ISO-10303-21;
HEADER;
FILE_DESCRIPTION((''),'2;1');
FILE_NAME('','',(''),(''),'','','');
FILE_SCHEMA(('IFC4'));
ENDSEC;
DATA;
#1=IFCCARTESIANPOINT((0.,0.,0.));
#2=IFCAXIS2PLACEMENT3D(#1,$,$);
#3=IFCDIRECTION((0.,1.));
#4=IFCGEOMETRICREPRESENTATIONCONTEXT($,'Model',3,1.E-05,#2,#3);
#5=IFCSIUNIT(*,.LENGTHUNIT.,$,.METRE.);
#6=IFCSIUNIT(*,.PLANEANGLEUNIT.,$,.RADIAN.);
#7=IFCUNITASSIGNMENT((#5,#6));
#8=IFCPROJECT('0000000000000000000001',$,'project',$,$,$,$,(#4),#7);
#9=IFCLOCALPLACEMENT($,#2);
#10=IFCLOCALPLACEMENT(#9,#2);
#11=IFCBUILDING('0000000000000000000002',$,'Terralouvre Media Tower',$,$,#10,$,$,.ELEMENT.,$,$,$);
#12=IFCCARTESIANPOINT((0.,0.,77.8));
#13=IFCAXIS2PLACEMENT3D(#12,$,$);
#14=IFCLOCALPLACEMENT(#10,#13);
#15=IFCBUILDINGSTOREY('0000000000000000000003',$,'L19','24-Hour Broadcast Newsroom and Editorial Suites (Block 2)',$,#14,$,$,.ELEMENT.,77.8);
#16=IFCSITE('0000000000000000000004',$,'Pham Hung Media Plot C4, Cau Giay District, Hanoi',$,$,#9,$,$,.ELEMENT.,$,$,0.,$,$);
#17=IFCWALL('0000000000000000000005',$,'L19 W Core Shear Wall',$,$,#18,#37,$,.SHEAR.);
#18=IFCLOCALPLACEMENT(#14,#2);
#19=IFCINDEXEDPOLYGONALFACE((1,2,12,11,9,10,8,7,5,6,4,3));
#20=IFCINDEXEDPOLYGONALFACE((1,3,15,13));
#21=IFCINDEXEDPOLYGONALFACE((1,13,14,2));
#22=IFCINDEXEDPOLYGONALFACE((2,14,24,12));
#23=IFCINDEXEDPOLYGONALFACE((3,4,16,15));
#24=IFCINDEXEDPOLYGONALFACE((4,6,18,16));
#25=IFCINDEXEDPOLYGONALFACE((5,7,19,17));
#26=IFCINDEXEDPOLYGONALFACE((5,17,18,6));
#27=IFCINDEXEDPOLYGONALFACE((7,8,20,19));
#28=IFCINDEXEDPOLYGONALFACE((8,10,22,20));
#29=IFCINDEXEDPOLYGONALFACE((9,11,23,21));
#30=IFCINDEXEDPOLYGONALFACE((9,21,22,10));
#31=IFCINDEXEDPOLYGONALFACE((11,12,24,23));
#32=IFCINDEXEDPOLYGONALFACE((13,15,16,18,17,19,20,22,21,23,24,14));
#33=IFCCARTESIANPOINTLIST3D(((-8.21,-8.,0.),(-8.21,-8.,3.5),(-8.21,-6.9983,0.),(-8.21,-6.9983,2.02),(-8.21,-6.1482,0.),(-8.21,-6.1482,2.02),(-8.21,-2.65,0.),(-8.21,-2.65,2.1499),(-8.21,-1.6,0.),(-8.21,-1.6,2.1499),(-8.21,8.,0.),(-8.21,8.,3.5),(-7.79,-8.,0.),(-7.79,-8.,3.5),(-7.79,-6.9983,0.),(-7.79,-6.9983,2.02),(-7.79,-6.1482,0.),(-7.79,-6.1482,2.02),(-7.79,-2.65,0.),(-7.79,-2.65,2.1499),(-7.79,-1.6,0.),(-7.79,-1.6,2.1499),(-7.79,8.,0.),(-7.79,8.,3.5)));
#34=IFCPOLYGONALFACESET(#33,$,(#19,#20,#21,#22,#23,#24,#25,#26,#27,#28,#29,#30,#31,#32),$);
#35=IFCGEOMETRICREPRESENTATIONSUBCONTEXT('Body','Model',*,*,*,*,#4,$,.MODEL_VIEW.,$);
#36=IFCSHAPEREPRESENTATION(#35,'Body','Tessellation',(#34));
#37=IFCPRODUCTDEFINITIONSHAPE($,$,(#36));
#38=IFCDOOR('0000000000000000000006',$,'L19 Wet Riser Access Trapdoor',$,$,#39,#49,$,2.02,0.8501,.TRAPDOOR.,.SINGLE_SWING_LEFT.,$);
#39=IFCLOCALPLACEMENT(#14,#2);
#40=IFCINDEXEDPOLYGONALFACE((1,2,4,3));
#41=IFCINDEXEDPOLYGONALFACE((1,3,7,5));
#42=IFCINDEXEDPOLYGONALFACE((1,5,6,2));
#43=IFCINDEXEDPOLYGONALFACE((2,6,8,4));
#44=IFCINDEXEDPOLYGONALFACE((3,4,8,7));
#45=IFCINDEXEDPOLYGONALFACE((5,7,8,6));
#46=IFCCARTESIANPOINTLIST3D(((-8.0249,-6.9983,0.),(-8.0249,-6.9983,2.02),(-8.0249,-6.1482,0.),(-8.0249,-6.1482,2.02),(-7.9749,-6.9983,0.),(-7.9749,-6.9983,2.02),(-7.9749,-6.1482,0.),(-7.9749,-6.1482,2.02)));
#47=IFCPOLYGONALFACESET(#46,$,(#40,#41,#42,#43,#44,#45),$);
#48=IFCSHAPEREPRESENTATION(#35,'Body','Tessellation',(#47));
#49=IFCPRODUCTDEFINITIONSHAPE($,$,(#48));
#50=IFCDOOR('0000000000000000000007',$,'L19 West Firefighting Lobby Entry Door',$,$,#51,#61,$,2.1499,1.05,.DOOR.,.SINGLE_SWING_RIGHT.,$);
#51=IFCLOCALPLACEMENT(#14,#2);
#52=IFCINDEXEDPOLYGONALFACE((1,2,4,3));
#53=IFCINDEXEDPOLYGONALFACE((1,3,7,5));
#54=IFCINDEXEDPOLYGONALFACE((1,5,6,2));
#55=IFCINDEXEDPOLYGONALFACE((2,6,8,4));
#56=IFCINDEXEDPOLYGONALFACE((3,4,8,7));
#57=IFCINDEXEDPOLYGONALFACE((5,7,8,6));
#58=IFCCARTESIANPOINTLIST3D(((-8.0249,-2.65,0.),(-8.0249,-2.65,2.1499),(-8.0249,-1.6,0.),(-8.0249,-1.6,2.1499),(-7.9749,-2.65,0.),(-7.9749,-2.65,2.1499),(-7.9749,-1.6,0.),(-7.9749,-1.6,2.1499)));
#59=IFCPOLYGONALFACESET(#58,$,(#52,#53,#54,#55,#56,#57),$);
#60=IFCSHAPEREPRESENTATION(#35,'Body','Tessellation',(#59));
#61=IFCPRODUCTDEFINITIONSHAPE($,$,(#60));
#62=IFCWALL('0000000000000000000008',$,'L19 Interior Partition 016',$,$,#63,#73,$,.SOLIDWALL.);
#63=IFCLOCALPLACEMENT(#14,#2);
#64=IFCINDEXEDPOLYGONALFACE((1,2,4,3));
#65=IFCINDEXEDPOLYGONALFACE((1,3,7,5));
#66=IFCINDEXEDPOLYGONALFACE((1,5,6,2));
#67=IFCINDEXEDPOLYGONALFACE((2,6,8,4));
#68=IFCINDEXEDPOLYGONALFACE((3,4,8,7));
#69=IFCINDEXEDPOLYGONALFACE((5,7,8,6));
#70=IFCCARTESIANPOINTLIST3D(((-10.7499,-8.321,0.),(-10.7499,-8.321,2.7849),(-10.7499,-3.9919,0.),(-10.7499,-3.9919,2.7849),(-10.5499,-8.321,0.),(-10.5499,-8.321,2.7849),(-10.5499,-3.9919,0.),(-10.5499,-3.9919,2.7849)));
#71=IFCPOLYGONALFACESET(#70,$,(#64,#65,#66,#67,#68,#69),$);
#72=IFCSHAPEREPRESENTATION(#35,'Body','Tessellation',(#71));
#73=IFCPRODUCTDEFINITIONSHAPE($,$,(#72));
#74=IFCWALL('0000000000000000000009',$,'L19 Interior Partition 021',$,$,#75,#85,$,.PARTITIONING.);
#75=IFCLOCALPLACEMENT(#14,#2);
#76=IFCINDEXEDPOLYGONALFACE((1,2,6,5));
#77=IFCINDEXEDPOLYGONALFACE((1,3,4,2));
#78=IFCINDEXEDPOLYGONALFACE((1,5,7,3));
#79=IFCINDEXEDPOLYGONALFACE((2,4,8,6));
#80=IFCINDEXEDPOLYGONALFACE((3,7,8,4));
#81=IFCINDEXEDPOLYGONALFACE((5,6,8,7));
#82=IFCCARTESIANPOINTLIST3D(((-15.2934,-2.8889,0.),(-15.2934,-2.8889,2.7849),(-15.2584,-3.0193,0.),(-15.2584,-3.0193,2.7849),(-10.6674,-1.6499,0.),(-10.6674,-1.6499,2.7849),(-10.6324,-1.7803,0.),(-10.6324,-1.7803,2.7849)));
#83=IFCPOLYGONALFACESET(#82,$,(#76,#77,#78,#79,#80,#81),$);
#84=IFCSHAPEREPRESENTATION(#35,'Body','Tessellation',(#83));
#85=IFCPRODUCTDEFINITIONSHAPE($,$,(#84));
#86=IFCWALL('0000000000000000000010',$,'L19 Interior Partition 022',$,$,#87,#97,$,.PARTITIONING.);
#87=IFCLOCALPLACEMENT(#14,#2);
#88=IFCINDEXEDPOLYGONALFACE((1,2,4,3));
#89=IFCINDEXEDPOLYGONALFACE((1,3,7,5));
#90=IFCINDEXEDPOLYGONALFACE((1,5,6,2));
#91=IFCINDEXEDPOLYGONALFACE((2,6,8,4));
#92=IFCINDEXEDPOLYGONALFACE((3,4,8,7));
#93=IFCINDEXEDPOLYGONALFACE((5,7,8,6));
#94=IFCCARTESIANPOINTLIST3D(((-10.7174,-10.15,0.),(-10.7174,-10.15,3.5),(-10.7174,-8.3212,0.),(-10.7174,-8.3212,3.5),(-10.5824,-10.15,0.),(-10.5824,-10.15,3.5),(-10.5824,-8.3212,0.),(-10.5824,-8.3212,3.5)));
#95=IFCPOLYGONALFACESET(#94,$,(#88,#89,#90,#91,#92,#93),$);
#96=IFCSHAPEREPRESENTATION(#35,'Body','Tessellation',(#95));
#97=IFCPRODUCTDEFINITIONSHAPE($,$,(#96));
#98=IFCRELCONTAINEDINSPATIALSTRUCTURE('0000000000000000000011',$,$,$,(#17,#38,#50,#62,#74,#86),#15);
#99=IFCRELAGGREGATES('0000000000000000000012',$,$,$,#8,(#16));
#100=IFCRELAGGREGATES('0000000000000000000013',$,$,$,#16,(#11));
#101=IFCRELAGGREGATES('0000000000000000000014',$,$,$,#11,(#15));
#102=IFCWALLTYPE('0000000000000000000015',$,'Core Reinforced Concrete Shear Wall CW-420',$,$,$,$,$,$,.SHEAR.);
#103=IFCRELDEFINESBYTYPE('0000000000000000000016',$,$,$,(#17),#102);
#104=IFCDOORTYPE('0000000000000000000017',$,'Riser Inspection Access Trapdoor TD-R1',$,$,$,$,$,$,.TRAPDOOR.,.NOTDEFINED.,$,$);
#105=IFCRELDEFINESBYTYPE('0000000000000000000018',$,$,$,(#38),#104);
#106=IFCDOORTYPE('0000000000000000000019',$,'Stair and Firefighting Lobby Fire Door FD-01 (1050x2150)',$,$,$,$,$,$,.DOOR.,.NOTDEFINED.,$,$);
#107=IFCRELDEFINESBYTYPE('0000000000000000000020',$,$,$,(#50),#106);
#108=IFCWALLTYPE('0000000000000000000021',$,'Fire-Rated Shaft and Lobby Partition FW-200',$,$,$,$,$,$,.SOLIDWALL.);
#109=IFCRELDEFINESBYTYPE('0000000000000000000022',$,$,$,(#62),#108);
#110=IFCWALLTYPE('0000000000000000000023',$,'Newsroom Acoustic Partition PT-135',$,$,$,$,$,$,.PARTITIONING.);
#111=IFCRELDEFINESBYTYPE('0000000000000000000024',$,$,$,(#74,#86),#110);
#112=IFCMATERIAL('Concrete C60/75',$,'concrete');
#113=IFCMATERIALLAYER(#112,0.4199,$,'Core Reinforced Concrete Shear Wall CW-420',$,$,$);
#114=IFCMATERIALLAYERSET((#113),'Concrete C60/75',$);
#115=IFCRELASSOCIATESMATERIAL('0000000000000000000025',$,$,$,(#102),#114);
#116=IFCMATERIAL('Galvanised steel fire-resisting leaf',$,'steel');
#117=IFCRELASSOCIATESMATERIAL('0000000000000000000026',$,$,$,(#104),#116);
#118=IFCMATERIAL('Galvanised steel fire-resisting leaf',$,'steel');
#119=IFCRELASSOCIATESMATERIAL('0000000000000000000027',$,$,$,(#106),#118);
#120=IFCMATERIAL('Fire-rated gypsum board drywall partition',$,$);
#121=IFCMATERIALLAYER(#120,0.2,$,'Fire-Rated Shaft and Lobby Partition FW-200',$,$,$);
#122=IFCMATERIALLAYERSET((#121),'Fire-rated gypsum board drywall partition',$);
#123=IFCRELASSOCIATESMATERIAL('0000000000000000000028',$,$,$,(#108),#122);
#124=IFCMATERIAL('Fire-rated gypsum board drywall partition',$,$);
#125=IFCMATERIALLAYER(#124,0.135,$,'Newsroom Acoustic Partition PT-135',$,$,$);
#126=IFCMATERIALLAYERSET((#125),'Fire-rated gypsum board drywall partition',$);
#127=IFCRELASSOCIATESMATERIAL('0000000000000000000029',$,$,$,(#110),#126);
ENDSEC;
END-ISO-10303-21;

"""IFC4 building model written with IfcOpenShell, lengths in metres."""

from ifc_helpers import new_model, si_unit, direction, frame, frame_2d, origin, place, context, subcontext, project, spatial, rectangle, extrude, material, layer, layer_set, type_object, element, fill, save


model = new_model("IFC4")

# Units and contexts
model_context = context("Model", 3, precision=1e-05, world=origin(), true_north=direction((0.0, 1.0)))
body_context = subcontext(model_context, "Body", "Model", "MODEL_VIEW")
ifc_project = project(units=[si_unit("LENGTHUNIT", "METRE"), si_unit("PLANEANGLEUNIT", "RADIAN")], contexts=[model_context])

# Site, building, storey
site_placement = place(None, origin())
site = spatial("IfcSite", under=ifc_project, at=site_placement, Name="Pham Hung Media Plot C4, Cau Giay District, Hanoi", CompositionType="ELEMENT", RefElevation=0.0)
building_placement = place(site_placement, origin())
building = spatial("IfcBuilding", under=site, at=building_placement, Name="Terralouvre Media Tower", CompositionType="ELEMENT")
storey_placement = place(building_placement, frame((0.0, 0.0, 77.8)))
storey = spatial("IfcBuildingStorey", under=building, at=storey_placement, Name="L19", Description="24-Hour Broadcast Newsroom and Editorial Suites (Block 2)", CompositionType="ELEMENT", Elevation=77.8)

# Wall, openings, doors
ifc_material_1 = material(Name="Concrete C60/75", Category="concrete")
ifc_layer_1 = layer(ifc_material_1, 0.4199, Name="Core Reinforced Concrete Shear Wall CW-420")
ifc_layer_set_1 = layer_set([ifc_layer_1], Name="Concrete C60/75")
wall_type_1 = type_object("IfcWallType", Name="Core Reinforced Concrete Shear Wall CW-420", PredefinedType="SHEAR", material=ifc_layer_set_1)
wall_1_placement = place(storey_placement, frame((-8.0, -8.0, 0.0), z_axis=(0.0, 0.0, 1.0), x_axis=(0.0, 1.0, 0.0)))
wall_1 = element("IfcWall", 1, at=wall_1_placement, inside=storey, type_object=wall_type_1, Name="L19 W Core Shear Wall", PredefinedType="SHEAR", context=body_context, shape_type="SweptSolid", body=[
    extrude(rectangle(XDim=16.0, YDim=0.4199, at=frame_2d((8.0, 0.0))), origin(), (0.0, 0.0, 1.0), 3.5),
])
opening_1_placement = place(wall_1_placement, frame((1.0017, 0.0, 0.0)))
opening_1 = element("IfcOpeningElement", 2, at=opening_1_placement, cuts=wall_1, PredefinedType="OPENING", context=body_context, shape_type="SweptSolid", body=[
    extrude(rectangle(XDim=0.8501, YDim=2.02, at=frame_2d((0.425, 1.01))), frame((0.0, 0.22, 0.0), z_axis=(0.0, -1.0, 0.0), x_axis=(1.0, 0.0, 0.0)), (0.0, 0.0, 1.0), 0.4399),
])
opening_2_placement = place(wall_1_placement, frame((5.3501, 0.0, 0.0)))
opening_2 = element("IfcOpeningElement", 3, at=opening_2_placement, cuts=wall_1, PredefinedType="OPENING", context=body_context, shape_type="SweptSolid", body=[
    extrude(rectangle(XDim=1.05, YDim=2.1499, at=frame_2d((0.5249, 1.075))), frame((0.0, 0.22, 0.0), z_axis=(0.0, -1.0, 0.0), x_axis=(1.0, 0.0, 0.0)), (0.0, 0.0, 1.0), 0.4399),
])
ifc_material_2 = material(Name="Galvanised steel fire-resisting leaf", Category="steel")
door_type_1 = type_object("IfcDoorType", Name="Riser Inspection Access Trapdoor TD-R1", OperationType="NOTDEFINED", PredefinedType="TRAPDOOR", material=ifc_material_2)
door_1_placement = place(opening_1_placement, origin())
door_1 = element("IfcDoor", 4, at=door_1_placement, inside=storey, type_object=door_type_1, Name="L19 Wet Riser Access Trapdoor", OperationType="SINGLE_SWING_LEFT", OverallHeight=2.02, OverallWidth=0.8501, PredefinedType="TRAPDOOR", context=body_context, shape_type="SweptSolid", body=[
    extrude(rectangle(XDim=0.8501, YDim=2.02, at=frame_2d((0.425, 1.01))), frame((0.0, 0.0249, 0.0), z_axis=(0.0, -1.0, 0.0), x_axis=(1.0, 0.0, 0.0)), (0.0, 0.0, 1.0), 0.05),
])
fill(opening_1, door_1)
ifc_material_3 = material(Name="Galvanised steel fire-resisting leaf", Category="steel")
door_type_2 = type_object("IfcDoorType", Name="Stair and Firefighting Lobby Fire Door FD-01 (1050x2150)", OperationType="NOTDEFINED", PredefinedType="DOOR", material=ifc_material_3)
door_2_placement = place(opening_2_placement, origin())
door_2 = element("IfcDoor", 5, at=door_2_placement, inside=storey, type_object=door_type_2, Name="L19 West Firefighting Lobby Entry Door", OperationType="SINGLE_SWING_RIGHT", OverallHeight=2.1499, OverallWidth=1.05, PredefinedType="DOOR", context=body_context, shape_type="SweptSolid", body=[
    extrude(rectangle(XDim=1.05, YDim=2.1499, at=frame_2d((0.5249, 1.075))), frame((0.0, 0.0249, 0.0), z_axis=(0.0, -1.0, 0.0), x_axis=(1.0, 0.0, 0.0)), (0.0, 0.0, 1.0), 0.05),
])
fill(opening_2, door_2)

# Walls
ifc_material_4 = material(Name="Fire-rated gypsum board drywall partition")
ifc_layer_2 = layer(ifc_material_4, 0.2, Name="Fire-Rated Shaft and Lobby Partition FW-200")
ifc_layer_set_2 = layer_set([ifc_layer_2], Name="Fire-rated gypsum board drywall partition")
wall_type_2 = type_object("IfcWallType", Name="Fire-Rated Shaft and Lobby Partition FW-200", PredefinedType="SOLIDWALL", material=ifc_layer_set_2)
wall_2_placement = place(storey_placement, frame((-10.6499, -3.9919, 0.0), z_axis=(0.0, 0.0, 1.0), x_axis=(0.0, -1.0, 0.0)))
element("IfcWall", 6, at=wall_2_placement, inside=storey, type_object=wall_type_2, Name="L19 Interior Partition 016", PredefinedType="SOLIDWALL", context=body_context, shape_type="SweptSolid", body=[
    extrude(rectangle(XDim=4.3291, YDim=0.2, at=frame_2d((2.1646, 0.0))), origin(), (0.0, 0.0, 1.0), 2.7849),
])
ifc_material_5 = material(Name="Fire-rated gypsum board drywall partition")
ifc_layer_3 = layer(ifc_material_5, 0.135, Name="Newsroom Acoustic Partition PT-135")
ifc_layer_set_3 = layer_set([ifc_layer_3], Name="Fire-rated gypsum board drywall partition")
wall_type_3 = type_object("IfcWallType", Name="Newsroom Acoustic Partition PT-135", PredefinedType="PARTITIONING", material=ifc_layer_set_3)
wall_3_placement = place(storey_placement, frame((-10.6499, -1.7151, 0.0), z_axis=(0.0, 0.0, 1.0), x_axis=(-0.965953, -0.258719, 0.0)))
element("IfcWall", 7, at=wall_3_placement, inside=storey, type_object=wall_type_3, Name="L19 Interior Partition 021", PredefinedType="PARTITIONING", context=body_context, shape_type="SweptSolid", body=[
    extrude(rectangle(XDim=4.7891, YDim=0.135, at=frame_2d((2.3945, 0.0))), origin(), (0.0, 0.0, 1.0), 2.7849),
])
wall_4_placement = place(storey_placement, frame((-10.6499, -8.321, 0.0), z_axis=(0.0, 0.0, 1.0), x_axis=(0.0, -1.0, 0.0)))
element("IfcWall", 8, at=wall_4_placement, inside=storey, type_object=wall_type_3, Name="L19 Interior Partition 022", PredefinedType="PARTITIONING", context=body_context, shape_type="SweptSolid", body=[
    extrude(rectangle(XDim=1.8289, YDim=0.135, at=frame_2d((0.9146, 0.0))), origin(), (0.0, 0.0, 1.0), 3.5),
])

save(model, "model.ifc")
